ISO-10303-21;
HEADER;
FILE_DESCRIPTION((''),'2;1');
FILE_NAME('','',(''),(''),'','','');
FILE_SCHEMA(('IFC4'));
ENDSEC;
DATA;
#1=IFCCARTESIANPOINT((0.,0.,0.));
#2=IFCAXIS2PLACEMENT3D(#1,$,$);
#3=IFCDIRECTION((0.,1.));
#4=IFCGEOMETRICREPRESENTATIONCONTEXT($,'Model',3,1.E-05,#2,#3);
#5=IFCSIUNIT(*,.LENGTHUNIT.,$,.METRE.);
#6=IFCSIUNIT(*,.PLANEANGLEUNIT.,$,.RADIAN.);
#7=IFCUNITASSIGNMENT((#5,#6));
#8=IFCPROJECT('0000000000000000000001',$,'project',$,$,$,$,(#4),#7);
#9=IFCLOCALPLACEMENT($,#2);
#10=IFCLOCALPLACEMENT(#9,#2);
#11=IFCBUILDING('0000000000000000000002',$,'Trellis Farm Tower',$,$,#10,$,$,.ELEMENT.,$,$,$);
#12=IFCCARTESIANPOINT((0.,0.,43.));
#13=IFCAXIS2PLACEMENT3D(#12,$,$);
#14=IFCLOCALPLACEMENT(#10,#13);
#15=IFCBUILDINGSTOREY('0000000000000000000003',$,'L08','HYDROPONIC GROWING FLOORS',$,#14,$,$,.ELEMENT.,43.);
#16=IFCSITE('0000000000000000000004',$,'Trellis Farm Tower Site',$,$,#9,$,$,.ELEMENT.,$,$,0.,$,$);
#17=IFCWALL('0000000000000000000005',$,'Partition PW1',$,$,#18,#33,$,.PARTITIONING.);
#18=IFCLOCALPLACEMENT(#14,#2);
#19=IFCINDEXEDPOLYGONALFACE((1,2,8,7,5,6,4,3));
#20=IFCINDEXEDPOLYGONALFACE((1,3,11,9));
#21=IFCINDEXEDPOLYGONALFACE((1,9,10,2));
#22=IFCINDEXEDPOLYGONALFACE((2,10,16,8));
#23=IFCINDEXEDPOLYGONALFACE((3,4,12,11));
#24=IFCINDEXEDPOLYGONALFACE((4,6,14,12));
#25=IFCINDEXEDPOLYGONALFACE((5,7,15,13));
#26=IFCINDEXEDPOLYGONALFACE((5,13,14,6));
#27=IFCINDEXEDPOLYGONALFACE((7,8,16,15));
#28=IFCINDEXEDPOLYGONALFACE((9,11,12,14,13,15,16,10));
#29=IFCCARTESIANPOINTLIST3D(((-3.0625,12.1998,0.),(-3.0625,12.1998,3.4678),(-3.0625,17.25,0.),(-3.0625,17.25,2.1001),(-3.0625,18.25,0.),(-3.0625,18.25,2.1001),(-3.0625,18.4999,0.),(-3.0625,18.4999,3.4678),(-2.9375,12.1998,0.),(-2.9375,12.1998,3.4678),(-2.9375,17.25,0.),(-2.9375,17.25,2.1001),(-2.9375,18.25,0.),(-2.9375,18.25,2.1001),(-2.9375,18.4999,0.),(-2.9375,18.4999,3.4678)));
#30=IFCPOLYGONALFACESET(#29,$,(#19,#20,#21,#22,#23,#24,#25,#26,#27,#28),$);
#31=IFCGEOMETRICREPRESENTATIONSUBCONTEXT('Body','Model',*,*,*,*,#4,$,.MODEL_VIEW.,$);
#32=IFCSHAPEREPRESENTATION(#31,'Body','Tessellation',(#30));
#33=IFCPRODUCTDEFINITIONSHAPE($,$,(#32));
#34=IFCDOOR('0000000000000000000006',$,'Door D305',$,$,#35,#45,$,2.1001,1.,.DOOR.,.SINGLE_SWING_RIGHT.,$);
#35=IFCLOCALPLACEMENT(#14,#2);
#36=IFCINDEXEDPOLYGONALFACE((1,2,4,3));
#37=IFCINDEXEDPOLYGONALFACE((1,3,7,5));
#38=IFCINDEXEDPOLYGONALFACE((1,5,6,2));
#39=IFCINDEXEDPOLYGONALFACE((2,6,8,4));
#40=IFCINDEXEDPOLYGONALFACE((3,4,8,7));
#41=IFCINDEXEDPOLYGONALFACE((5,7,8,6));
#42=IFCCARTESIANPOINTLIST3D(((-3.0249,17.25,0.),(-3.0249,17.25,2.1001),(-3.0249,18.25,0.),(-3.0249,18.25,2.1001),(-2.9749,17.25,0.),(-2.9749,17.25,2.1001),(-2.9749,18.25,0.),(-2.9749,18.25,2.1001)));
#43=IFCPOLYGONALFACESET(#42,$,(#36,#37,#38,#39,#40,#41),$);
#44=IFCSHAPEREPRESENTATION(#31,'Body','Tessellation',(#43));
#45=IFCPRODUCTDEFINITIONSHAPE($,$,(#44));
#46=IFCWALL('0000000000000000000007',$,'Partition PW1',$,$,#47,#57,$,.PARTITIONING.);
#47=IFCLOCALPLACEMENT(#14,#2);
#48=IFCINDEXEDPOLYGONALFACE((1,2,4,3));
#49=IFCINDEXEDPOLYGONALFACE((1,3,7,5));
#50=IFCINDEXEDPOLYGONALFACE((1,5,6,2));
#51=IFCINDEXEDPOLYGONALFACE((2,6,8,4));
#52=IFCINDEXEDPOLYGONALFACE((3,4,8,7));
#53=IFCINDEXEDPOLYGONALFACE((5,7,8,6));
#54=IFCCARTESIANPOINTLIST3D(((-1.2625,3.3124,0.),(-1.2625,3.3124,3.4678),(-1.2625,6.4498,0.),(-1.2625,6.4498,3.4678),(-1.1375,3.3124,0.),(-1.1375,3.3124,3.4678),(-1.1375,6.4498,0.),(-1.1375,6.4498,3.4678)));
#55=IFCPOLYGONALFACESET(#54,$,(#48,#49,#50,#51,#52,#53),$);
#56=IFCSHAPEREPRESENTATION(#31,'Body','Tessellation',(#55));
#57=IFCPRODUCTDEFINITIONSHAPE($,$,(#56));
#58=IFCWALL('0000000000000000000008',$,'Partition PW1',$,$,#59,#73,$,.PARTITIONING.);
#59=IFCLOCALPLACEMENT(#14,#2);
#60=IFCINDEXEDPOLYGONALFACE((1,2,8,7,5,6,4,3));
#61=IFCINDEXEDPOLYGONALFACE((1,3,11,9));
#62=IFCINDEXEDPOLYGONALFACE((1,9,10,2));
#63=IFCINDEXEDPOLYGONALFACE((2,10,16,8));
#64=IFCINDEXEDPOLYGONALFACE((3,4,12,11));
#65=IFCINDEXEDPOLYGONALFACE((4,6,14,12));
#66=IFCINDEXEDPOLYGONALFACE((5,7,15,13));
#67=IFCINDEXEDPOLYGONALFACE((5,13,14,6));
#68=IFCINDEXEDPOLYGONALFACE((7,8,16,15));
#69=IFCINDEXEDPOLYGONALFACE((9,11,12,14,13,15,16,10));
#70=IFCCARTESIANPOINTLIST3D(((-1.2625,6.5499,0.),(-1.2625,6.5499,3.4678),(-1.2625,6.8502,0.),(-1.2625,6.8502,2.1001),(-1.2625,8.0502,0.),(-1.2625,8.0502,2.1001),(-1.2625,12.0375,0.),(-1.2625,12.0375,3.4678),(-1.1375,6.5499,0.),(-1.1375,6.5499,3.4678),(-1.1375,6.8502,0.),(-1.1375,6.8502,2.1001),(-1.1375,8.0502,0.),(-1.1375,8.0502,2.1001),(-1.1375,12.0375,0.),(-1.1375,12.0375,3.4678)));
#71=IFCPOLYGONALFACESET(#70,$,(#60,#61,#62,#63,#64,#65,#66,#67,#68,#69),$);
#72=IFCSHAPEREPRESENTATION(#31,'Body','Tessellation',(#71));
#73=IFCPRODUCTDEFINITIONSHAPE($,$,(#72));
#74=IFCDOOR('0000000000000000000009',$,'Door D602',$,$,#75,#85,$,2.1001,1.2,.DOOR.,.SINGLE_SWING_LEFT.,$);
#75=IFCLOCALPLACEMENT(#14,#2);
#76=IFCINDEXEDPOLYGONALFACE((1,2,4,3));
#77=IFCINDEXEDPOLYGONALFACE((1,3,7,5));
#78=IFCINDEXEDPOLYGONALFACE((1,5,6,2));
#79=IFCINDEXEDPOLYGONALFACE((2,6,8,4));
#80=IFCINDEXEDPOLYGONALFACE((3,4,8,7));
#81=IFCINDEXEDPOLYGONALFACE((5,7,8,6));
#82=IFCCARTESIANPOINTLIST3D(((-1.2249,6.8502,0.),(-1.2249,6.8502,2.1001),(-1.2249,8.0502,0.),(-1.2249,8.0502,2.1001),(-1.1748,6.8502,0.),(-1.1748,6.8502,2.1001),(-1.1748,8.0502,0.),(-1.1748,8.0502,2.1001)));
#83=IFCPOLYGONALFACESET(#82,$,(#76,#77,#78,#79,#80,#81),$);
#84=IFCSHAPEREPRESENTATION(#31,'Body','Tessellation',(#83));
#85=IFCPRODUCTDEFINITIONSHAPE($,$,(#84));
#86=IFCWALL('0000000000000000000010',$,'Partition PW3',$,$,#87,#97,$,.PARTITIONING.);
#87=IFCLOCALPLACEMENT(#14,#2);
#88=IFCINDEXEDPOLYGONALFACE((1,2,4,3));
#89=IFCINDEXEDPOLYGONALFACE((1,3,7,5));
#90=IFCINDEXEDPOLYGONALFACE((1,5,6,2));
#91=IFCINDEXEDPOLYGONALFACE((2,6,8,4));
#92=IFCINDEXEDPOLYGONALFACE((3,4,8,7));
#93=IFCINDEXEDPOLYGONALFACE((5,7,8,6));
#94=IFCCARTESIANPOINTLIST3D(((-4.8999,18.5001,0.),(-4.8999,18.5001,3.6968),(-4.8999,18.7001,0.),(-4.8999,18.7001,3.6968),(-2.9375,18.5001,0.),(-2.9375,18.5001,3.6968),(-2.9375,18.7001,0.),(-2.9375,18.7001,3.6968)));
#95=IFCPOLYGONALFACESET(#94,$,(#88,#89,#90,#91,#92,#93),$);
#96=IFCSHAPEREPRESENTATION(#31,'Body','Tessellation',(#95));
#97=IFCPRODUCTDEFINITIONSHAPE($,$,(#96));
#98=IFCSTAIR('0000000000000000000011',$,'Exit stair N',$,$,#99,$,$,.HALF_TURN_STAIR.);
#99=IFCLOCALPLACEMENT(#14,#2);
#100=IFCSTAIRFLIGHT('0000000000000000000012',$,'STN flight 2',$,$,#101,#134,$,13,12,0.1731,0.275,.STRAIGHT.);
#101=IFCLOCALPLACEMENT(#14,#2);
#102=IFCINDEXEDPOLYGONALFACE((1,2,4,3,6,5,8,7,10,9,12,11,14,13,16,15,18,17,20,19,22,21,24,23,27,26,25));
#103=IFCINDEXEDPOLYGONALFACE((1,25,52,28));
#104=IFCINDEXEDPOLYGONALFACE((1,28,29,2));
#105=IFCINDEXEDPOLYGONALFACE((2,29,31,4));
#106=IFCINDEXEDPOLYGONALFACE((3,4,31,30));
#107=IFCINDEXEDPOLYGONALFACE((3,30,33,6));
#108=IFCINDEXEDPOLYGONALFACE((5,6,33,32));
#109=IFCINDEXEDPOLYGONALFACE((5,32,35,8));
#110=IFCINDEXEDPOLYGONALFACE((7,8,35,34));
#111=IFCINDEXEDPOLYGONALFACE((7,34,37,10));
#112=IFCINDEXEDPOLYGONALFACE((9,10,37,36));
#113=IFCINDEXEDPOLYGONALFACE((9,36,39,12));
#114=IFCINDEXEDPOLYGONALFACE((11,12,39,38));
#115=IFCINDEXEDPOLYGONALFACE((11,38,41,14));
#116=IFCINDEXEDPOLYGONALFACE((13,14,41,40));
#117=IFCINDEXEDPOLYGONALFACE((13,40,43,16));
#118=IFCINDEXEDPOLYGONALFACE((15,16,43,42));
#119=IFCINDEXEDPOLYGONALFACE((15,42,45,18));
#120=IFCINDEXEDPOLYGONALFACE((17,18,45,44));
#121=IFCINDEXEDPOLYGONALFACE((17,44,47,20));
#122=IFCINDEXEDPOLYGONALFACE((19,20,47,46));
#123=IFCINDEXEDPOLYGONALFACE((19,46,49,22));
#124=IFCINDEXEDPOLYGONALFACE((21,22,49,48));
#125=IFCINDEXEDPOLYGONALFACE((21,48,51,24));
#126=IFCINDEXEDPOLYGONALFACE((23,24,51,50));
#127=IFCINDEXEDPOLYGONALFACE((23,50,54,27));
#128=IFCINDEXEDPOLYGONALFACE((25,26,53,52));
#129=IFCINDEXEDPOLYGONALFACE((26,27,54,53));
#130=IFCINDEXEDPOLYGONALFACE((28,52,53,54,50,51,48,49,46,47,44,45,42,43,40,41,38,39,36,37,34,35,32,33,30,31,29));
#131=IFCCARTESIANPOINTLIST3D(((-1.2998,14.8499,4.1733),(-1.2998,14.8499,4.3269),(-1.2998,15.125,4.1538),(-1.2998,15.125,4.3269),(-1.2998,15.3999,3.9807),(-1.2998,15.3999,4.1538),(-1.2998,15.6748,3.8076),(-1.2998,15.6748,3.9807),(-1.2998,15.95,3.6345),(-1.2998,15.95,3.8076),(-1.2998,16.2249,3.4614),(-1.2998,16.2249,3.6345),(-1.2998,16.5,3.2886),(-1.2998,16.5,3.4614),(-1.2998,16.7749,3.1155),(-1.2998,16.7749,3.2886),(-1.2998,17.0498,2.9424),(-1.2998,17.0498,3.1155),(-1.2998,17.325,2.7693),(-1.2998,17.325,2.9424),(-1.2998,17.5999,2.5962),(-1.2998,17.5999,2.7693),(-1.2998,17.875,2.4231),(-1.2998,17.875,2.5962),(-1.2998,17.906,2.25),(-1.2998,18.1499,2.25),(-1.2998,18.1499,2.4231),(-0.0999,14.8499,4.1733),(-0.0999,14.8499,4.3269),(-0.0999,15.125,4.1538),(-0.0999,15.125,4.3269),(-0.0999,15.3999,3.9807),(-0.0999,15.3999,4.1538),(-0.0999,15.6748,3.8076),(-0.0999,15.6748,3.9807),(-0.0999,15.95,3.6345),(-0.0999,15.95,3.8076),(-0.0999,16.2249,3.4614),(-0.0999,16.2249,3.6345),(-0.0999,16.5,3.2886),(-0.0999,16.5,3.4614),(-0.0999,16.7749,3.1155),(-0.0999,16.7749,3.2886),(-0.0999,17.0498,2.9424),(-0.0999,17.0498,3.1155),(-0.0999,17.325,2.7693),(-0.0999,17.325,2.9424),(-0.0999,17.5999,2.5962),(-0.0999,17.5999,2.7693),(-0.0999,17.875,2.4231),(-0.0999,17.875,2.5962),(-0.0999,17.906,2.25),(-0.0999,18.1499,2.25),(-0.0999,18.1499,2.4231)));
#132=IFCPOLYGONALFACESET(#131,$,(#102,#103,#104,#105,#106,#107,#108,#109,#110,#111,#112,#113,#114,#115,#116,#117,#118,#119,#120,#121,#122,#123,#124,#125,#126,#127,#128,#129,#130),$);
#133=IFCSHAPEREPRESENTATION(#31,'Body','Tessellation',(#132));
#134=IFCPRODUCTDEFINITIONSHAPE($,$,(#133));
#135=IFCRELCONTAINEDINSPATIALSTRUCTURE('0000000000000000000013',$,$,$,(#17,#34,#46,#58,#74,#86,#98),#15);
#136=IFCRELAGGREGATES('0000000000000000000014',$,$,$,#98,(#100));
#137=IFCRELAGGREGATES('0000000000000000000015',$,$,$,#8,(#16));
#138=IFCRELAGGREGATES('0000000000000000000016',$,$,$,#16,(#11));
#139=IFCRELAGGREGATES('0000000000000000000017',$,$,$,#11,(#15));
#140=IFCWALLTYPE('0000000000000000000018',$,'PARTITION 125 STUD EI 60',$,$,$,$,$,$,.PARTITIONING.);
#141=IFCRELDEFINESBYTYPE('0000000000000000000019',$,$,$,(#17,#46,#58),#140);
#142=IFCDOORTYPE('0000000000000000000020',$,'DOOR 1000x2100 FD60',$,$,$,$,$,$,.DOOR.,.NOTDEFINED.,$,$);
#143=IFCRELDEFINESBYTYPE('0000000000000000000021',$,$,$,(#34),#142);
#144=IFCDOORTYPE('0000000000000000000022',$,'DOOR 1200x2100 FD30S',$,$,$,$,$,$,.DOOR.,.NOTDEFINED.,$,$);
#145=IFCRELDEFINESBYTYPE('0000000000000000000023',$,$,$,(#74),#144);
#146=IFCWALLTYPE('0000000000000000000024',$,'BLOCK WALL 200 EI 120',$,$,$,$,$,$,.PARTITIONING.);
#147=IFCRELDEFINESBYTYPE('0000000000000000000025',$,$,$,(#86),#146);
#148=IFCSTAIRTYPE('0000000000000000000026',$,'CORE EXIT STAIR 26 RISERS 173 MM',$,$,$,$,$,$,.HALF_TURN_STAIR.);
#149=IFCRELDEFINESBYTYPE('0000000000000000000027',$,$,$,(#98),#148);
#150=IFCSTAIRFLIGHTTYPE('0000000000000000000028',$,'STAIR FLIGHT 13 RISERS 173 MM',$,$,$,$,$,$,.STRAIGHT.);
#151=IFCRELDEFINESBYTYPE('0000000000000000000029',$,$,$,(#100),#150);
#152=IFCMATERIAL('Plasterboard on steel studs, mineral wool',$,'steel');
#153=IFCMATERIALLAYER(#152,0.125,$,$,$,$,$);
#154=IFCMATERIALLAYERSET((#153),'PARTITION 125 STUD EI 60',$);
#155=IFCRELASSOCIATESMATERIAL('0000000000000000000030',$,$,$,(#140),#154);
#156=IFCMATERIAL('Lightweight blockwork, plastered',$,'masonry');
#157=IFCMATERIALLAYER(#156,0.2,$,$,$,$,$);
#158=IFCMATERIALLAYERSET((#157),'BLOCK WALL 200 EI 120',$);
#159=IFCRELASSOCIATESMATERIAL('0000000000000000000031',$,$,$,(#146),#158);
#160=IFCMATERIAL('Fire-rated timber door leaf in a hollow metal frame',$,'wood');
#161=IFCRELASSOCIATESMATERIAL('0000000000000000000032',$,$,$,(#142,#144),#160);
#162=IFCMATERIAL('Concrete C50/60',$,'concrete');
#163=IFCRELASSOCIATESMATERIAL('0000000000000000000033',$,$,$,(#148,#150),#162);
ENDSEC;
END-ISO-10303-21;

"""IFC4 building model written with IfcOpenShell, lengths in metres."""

from ifc_helpers import new_model, si_unit, direction, frame, frame_2d, origin, place, context, subcontext, project, spatial, polyline, rectangle, outline, extrude, source, transform, mapped, material, layer, layer_set, type_object, element, fill, aggregate, save


model = new_model("IFC4")

# Units and contexts
model_context = context("Model", 3, precision=1e-05, world=origin(), true_north=direction((0.0, 1.0)))
body_context = subcontext(model_context, "Body", "Model", "MODEL_VIEW")
ifc_project = project(units=[si_unit("LENGTHUNIT", "METRE"), si_unit("PLANEANGLEUNIT", "RADIAN")], contexts=[model_context])

# Site, building, storey
site_placement = place(None, origin())
site = spatial("IfcSite", under=ifc_project, at=site_placement, Name="Trellis Farm Tower Site", CompositionType="ELEMENT", RefElevation=0.0)
building_placement = place(site_placement, origin())
building = spatial("IfcBuilding", under=site, at=building_placement, Name="Trellis Farm Tower", CompositionType="ELEMENT")
storey_placement = place(building_placement, frame((0.0, 0.0, 43.0)))
storey = spatial("IfcBuildingStorey", under=building, at=storey_placement, Name="L08", Description="HYDROPONIC GROWING FLOORS", CompositionType="ELEMENT", Elevation=43.0)

# Shared definitions
placement = place(storey_placement, origin())

# Shared definitions
shared_shape_1 = source(origin(), body_context, "Body", "SweptSolid", [
    extrude(rectangle(XDim=1.2, YDim=2.1001, at=frame_2d((0.6001, 1.05))), frame((0.0, 0.0249, 0.0), z_axis=(0.0, -1.0, 0.0), x_axis=(1.0, 0.0, 0.0)), (0.0, 0.0, 1.0), 0.05),
])

# Shared definitions
ifc_material_1 = material(Name="Plasterboard on steel studs, mineral wool", Category="steel")
ifc_layer_1 = layer(ifc_material_1, 0.125)
ifc_layer_set_1 = layer_set([ifc_layer_1], Name="PARTITION 125 STUD EI 60")
wall_type_1 = type_object("IfcWallType", Name="PARTITION 125 STUD EI 60", PredefinedType="PARTITIONING", material=ifc_layer_set_1)
shared_shape_2 = source(origin(), body_context, "Body", "SweptSolid", [
    extrude(rectangle(XDim=1.0, YDim=2.1001, at=frame_2d((0.5, 1.05))), frame((0.0, 0.0725, 0.0), z_axis=(0.0, -1.0, 0.0), x_axis=(1.0, 0.0, 0.0)), (0.0, 0.0, 1.0), 0.145),
])
ifc_material_2 = material(Name="Fire-rated timber door leaf in a hollow metal frame", Category="wood")
shared_shape_3 = source(origin(), body_context, "Body", "SweptSolid", [
    extrude(rectangle(XDim=1.0, YDim=2.1001, at=frame_2d((0.5, 1.05))), frame((0.0, 0.0249, 0.0), z_axis=(0.0, -1.0, 0.0), x_axis=(1.0, 0.0, 0.0)), (0.0, 0.0, 1.0), 0.05),
])

# Shared definitions
ifc_material_3 = material(Name="Lightweight blockwork, plastered", Category="masonry")
ifc_layer_2 = layer(ifc_material_3, 0.2)
ifc_layer_set_2 = layer_set([ifc_layer_2], Name="BLOCK WALL 200 EI 120")
wall_type_2 = type_object("IfcWallType", Name="BLOCK WALL 200 EI 120", PredefinedType="PARTITIONING", material=ifc_layer_set_2)

# Wall, opening, door
shared_shape_4 = source(origin(), body_context, "Body", "SweptSolid", [
    extrude(rectangle(XDim=6.3, YDim=0.125, at=frame_2d((3.1499, 0.0))), origin(), (0.0, 0.0, 1.0), 3.4678),
])
wall_1_placement = place(storey_placement, frame((-3.0, 12.2, 0.0), z_axis=(0.0, 0.0, 1.0), x_axis=(0.0, 1.0, 0.0)))
wall_1 = element("IfcWall", 1, at=wall_1_placement, inside=storey, type_object=wall_type_1, Name="Partition PW1", PredefinedType="PARTITIONING", context=body_context, shape_type="MappedRepresentation", body=[
    mapped(shared_shape_4, transform((0.0, 0.0, 0.0))),
])
opening_1_placement = place(wall_1_placement, frame((5.05, 0.0, 0.0)))
opening_1 = element("IfcOpeningElement", 2, at=opening_1_placement, cuts=wall_1, PredefinedType="OPENING", context=body_context, shape_type="MappedRepresentation", body=[
    mapped(shared_shape_2, transform((0.0, 0.0, 0.0))),
])
door_type_1 = type_object("IfcDoorType", Name="DOOR 1000x2100 FD60", OperationType="NOTDEFINED", PredefinedType="DOOR", material=ifc_material_2)
door_1_placement = place(opening_1_placement, origin())
door_1 = element("IfcDoor", 3, at=door_1_placement, inside=storey, type_object=door_type_1, Name="Door D305", OperationType="SINGLE_SWING_RIGHT", OverallHeight=2.1001, OverallWidth=1.0, PredefinedType="DOOR", context=body_context, shape_type="MappedRepresentation", body=[
    mapped(shared_shape_3, transform((0.0, 0.0, 0.0))),
])
fill(opening_1, door_1)

# Wall
shared_shape_5 = source(origin(), body_context, "Body", "SweptSolid", [
    extrude(rectangle(XDim=3.1375, YDim=0.125, at=frame_2d((1.5688, 0.0))), origin(), (0.0, 0.0, 1.0), 3.4678),
])
wall_2_placement = place(storey_placement, frame((-1.2, 6.45, 0.0), z_axis=(0.0, 0.0, 1.0), x_axis=(0.0, -1.0, 0.0)))
element("IfcWall", 4, at=wall_2_placement, inside=storey, type_object=wall_type_1, Name="Partition PW1", PredefinedType="PARTITIONING", context=body_context, shape_type="MappedRepresentation", body=[
    mapped(shared_shape_5, transform((0.0, 0.0, 0.0))),
])

# Wall, opening, door
shared_shape_6 = source(origin(), body_context, "Body", "SweptSolid", [
    extrude(rectangle(XDim=5.4875, YDim=0.125, at=frame_2d((2.7437, 0.0))), origin(), (0.0, 0.0, 1.0), 3.4678),
])
wall_3_placement = place(storey_placement, frame((-1.2, 6.55, 0.0), z_axis=(0.0, 0.0, 1.0), x_axis=(0.0, 1.0, 0.0)))
wall_3 = element("IfcWall", 5, at=wall_3_placement, inside=storey, type_object=wall_type_1, Name="Partition PW1", PredefinedType="PARTITIONING", context=body_context, shape_type="MappedRepresentation", body=[
    mapped(shared_shape_6, transform((0.0, 0.0, 0.0))),
])
shared_shape_7 = source(origin(), body_context, "Body", "SweptSolid", [
    extrude(rectangle(XDim=1.2, YDim=2.1001, at=frame_2d((0.6001, 1.05))), frame((0.0, 0.0725, 0.0), z_axis=(0.0, -1.0, 0.0), x_axis=(1.0, 0.0, 0.0)), (0.0, 0.0, 1.0), 0.145),
])
opening_2_placement = place(wall_3_placement, frame((0.3, 0.0, 0.0)))
opening_2 = element("IfcOpeningElement", 6, at=opening_2_placement, cuts=wall_3, PredefinedType="OPENING", context=body_context, shape_type="MappedRepresentation", body=[
    mapped(shared_shape_7, transform((0.0, 0.0, 0.0))),
])
door_type_2 = type_object("IfcDoorType", Name="DOOR 1200x2100 FD30S", OperationType="NOTDEFINED", PredefinedType="DOOR", material=ifc_material_2)
door_2_placement = place(opening_2_placement, origin())
door_2 = element("IfcDoor", 7, at=door_2_placement, inside=storey, type_object=door_type_2, Name="Door D602", OperationType="SINGLE_SWING_LEFT", OverallHeight=2.1001, OverallWidth=1.2, PredefinedType="DOOR", context=body_context, shape_type="MappedRepresentation", body=[
    mapped(shared_shape_1, transform((0.0, 0.0, 0.0))),
])
fill(opening_2, door_2)

# Wall
shared_shape_8 = source(origin(), body_context, "Body", "SweptSolid", [
    extrude(rectangle(XDim=1.9624, YDim=0.2, at=frame_2d((0.9812, 0.0))), origin(), (0.0, 0.0, 1.0), 3.6968),
])
wall_4_placement = place(storey_placement, frame((-4.8999, 18.6001, 0.0), z_axis=(0.0, 0.0, 1.0), x_axis=(1.0, 0.0, 0.0)))
element("IfcWall", 8, at=wall_4_placement, inside=storey, type_object=wall_type_2, Name="Partition PW3", PredefinedType="PARTITIONING", context=body_context, shape_type="MappedRepresentation", body=[
    mapped(shared_shape_8, transform((0.0, 0.0, 0.0))),
])

# Stair, stair flight
ifc_material_4 = material(Name="Concrete C50/60", Category="concrete")
stair_type = type_object("IfcStairType", Name="CORE EXIT STAIR 26 RISERS 173 MM", PredefinedType="HALF_TURN_STAIR", material=ifc_material_4)
stair = element("IfcStair", 9, at=placement, inside=storey, type_object=stair_type, Name="Exit stair N", PredefinedType="HALF_TURN_STAIR")
stair_flight_type = type_object("IfcStairFlightType", Name="STAIR FLIGHT 13 RISERS 173 MM", PredefinedType="STRAIGHT", material=ifc_material_4)
shared_shape_9 = source(origin(), body_context, "Body", "SweptSolid", [
    extrude(outline(polyline([(0.0, 0.0), (0.0, 0.1731), (0.2749, 0.1731), (0.2749, 0.3462), (0.55, 0.3462), (0.55, 0.5193), (0.825, 0.5193), (0.825, 0.6924), (1.1001, 0.6924), (1.1001, 0.8655), (1.375, 0.8655), (1.375, 1.0386), (1.6499, 1.0386), (1.6499, 1.2114), (1.925, 1.2114), (1.925, 1.3845), (2.2, 1.3845), (2.2, 1.5576), (2.4751, 1.5576), (2.4751, 1.7307), (2.75, 1.7307), (2.75, 1.9038), (3.0249, 1.9038), (3.0249, 2.0769), (3.3, 2.0769), (3.3, 2.25), (3.3, 1.9233), (0.2439, 0.0), (0.0, 0.0)])), frame((0.0, 0.6001, 0.0), z_axis=(0.0, -1.0, 0.0), x_axis=(1.0, 0.0, 0.0)), (0.0, 0.0, 1.0), 1.2),
])
stair_flight_placement = place(storey_placement, frame((-0.7, 18.1499, 2.25), z_axis=(0.0, 0.0, 1.0), x_axis=(0.0, -1.0, 0.0)))
stair_flight = element("IfcStairFlight", 10, at=stair_flight_placement, type_object=stair_flight_type, Name="STN flight 2", NumberOfRisers=13, NumberOfTreads=12, PredefinedType="STRAIGHT", RiserHeight=0.1731, TreadLength=0.275, context=body_context, shape_type="MappedRepresentation", body=[
    mapped(shared_shape_9, transform((0.0, 0.0, 0.0))),
])
aggregate(stair, [stair_flight])

save(model, "model.ifc")
